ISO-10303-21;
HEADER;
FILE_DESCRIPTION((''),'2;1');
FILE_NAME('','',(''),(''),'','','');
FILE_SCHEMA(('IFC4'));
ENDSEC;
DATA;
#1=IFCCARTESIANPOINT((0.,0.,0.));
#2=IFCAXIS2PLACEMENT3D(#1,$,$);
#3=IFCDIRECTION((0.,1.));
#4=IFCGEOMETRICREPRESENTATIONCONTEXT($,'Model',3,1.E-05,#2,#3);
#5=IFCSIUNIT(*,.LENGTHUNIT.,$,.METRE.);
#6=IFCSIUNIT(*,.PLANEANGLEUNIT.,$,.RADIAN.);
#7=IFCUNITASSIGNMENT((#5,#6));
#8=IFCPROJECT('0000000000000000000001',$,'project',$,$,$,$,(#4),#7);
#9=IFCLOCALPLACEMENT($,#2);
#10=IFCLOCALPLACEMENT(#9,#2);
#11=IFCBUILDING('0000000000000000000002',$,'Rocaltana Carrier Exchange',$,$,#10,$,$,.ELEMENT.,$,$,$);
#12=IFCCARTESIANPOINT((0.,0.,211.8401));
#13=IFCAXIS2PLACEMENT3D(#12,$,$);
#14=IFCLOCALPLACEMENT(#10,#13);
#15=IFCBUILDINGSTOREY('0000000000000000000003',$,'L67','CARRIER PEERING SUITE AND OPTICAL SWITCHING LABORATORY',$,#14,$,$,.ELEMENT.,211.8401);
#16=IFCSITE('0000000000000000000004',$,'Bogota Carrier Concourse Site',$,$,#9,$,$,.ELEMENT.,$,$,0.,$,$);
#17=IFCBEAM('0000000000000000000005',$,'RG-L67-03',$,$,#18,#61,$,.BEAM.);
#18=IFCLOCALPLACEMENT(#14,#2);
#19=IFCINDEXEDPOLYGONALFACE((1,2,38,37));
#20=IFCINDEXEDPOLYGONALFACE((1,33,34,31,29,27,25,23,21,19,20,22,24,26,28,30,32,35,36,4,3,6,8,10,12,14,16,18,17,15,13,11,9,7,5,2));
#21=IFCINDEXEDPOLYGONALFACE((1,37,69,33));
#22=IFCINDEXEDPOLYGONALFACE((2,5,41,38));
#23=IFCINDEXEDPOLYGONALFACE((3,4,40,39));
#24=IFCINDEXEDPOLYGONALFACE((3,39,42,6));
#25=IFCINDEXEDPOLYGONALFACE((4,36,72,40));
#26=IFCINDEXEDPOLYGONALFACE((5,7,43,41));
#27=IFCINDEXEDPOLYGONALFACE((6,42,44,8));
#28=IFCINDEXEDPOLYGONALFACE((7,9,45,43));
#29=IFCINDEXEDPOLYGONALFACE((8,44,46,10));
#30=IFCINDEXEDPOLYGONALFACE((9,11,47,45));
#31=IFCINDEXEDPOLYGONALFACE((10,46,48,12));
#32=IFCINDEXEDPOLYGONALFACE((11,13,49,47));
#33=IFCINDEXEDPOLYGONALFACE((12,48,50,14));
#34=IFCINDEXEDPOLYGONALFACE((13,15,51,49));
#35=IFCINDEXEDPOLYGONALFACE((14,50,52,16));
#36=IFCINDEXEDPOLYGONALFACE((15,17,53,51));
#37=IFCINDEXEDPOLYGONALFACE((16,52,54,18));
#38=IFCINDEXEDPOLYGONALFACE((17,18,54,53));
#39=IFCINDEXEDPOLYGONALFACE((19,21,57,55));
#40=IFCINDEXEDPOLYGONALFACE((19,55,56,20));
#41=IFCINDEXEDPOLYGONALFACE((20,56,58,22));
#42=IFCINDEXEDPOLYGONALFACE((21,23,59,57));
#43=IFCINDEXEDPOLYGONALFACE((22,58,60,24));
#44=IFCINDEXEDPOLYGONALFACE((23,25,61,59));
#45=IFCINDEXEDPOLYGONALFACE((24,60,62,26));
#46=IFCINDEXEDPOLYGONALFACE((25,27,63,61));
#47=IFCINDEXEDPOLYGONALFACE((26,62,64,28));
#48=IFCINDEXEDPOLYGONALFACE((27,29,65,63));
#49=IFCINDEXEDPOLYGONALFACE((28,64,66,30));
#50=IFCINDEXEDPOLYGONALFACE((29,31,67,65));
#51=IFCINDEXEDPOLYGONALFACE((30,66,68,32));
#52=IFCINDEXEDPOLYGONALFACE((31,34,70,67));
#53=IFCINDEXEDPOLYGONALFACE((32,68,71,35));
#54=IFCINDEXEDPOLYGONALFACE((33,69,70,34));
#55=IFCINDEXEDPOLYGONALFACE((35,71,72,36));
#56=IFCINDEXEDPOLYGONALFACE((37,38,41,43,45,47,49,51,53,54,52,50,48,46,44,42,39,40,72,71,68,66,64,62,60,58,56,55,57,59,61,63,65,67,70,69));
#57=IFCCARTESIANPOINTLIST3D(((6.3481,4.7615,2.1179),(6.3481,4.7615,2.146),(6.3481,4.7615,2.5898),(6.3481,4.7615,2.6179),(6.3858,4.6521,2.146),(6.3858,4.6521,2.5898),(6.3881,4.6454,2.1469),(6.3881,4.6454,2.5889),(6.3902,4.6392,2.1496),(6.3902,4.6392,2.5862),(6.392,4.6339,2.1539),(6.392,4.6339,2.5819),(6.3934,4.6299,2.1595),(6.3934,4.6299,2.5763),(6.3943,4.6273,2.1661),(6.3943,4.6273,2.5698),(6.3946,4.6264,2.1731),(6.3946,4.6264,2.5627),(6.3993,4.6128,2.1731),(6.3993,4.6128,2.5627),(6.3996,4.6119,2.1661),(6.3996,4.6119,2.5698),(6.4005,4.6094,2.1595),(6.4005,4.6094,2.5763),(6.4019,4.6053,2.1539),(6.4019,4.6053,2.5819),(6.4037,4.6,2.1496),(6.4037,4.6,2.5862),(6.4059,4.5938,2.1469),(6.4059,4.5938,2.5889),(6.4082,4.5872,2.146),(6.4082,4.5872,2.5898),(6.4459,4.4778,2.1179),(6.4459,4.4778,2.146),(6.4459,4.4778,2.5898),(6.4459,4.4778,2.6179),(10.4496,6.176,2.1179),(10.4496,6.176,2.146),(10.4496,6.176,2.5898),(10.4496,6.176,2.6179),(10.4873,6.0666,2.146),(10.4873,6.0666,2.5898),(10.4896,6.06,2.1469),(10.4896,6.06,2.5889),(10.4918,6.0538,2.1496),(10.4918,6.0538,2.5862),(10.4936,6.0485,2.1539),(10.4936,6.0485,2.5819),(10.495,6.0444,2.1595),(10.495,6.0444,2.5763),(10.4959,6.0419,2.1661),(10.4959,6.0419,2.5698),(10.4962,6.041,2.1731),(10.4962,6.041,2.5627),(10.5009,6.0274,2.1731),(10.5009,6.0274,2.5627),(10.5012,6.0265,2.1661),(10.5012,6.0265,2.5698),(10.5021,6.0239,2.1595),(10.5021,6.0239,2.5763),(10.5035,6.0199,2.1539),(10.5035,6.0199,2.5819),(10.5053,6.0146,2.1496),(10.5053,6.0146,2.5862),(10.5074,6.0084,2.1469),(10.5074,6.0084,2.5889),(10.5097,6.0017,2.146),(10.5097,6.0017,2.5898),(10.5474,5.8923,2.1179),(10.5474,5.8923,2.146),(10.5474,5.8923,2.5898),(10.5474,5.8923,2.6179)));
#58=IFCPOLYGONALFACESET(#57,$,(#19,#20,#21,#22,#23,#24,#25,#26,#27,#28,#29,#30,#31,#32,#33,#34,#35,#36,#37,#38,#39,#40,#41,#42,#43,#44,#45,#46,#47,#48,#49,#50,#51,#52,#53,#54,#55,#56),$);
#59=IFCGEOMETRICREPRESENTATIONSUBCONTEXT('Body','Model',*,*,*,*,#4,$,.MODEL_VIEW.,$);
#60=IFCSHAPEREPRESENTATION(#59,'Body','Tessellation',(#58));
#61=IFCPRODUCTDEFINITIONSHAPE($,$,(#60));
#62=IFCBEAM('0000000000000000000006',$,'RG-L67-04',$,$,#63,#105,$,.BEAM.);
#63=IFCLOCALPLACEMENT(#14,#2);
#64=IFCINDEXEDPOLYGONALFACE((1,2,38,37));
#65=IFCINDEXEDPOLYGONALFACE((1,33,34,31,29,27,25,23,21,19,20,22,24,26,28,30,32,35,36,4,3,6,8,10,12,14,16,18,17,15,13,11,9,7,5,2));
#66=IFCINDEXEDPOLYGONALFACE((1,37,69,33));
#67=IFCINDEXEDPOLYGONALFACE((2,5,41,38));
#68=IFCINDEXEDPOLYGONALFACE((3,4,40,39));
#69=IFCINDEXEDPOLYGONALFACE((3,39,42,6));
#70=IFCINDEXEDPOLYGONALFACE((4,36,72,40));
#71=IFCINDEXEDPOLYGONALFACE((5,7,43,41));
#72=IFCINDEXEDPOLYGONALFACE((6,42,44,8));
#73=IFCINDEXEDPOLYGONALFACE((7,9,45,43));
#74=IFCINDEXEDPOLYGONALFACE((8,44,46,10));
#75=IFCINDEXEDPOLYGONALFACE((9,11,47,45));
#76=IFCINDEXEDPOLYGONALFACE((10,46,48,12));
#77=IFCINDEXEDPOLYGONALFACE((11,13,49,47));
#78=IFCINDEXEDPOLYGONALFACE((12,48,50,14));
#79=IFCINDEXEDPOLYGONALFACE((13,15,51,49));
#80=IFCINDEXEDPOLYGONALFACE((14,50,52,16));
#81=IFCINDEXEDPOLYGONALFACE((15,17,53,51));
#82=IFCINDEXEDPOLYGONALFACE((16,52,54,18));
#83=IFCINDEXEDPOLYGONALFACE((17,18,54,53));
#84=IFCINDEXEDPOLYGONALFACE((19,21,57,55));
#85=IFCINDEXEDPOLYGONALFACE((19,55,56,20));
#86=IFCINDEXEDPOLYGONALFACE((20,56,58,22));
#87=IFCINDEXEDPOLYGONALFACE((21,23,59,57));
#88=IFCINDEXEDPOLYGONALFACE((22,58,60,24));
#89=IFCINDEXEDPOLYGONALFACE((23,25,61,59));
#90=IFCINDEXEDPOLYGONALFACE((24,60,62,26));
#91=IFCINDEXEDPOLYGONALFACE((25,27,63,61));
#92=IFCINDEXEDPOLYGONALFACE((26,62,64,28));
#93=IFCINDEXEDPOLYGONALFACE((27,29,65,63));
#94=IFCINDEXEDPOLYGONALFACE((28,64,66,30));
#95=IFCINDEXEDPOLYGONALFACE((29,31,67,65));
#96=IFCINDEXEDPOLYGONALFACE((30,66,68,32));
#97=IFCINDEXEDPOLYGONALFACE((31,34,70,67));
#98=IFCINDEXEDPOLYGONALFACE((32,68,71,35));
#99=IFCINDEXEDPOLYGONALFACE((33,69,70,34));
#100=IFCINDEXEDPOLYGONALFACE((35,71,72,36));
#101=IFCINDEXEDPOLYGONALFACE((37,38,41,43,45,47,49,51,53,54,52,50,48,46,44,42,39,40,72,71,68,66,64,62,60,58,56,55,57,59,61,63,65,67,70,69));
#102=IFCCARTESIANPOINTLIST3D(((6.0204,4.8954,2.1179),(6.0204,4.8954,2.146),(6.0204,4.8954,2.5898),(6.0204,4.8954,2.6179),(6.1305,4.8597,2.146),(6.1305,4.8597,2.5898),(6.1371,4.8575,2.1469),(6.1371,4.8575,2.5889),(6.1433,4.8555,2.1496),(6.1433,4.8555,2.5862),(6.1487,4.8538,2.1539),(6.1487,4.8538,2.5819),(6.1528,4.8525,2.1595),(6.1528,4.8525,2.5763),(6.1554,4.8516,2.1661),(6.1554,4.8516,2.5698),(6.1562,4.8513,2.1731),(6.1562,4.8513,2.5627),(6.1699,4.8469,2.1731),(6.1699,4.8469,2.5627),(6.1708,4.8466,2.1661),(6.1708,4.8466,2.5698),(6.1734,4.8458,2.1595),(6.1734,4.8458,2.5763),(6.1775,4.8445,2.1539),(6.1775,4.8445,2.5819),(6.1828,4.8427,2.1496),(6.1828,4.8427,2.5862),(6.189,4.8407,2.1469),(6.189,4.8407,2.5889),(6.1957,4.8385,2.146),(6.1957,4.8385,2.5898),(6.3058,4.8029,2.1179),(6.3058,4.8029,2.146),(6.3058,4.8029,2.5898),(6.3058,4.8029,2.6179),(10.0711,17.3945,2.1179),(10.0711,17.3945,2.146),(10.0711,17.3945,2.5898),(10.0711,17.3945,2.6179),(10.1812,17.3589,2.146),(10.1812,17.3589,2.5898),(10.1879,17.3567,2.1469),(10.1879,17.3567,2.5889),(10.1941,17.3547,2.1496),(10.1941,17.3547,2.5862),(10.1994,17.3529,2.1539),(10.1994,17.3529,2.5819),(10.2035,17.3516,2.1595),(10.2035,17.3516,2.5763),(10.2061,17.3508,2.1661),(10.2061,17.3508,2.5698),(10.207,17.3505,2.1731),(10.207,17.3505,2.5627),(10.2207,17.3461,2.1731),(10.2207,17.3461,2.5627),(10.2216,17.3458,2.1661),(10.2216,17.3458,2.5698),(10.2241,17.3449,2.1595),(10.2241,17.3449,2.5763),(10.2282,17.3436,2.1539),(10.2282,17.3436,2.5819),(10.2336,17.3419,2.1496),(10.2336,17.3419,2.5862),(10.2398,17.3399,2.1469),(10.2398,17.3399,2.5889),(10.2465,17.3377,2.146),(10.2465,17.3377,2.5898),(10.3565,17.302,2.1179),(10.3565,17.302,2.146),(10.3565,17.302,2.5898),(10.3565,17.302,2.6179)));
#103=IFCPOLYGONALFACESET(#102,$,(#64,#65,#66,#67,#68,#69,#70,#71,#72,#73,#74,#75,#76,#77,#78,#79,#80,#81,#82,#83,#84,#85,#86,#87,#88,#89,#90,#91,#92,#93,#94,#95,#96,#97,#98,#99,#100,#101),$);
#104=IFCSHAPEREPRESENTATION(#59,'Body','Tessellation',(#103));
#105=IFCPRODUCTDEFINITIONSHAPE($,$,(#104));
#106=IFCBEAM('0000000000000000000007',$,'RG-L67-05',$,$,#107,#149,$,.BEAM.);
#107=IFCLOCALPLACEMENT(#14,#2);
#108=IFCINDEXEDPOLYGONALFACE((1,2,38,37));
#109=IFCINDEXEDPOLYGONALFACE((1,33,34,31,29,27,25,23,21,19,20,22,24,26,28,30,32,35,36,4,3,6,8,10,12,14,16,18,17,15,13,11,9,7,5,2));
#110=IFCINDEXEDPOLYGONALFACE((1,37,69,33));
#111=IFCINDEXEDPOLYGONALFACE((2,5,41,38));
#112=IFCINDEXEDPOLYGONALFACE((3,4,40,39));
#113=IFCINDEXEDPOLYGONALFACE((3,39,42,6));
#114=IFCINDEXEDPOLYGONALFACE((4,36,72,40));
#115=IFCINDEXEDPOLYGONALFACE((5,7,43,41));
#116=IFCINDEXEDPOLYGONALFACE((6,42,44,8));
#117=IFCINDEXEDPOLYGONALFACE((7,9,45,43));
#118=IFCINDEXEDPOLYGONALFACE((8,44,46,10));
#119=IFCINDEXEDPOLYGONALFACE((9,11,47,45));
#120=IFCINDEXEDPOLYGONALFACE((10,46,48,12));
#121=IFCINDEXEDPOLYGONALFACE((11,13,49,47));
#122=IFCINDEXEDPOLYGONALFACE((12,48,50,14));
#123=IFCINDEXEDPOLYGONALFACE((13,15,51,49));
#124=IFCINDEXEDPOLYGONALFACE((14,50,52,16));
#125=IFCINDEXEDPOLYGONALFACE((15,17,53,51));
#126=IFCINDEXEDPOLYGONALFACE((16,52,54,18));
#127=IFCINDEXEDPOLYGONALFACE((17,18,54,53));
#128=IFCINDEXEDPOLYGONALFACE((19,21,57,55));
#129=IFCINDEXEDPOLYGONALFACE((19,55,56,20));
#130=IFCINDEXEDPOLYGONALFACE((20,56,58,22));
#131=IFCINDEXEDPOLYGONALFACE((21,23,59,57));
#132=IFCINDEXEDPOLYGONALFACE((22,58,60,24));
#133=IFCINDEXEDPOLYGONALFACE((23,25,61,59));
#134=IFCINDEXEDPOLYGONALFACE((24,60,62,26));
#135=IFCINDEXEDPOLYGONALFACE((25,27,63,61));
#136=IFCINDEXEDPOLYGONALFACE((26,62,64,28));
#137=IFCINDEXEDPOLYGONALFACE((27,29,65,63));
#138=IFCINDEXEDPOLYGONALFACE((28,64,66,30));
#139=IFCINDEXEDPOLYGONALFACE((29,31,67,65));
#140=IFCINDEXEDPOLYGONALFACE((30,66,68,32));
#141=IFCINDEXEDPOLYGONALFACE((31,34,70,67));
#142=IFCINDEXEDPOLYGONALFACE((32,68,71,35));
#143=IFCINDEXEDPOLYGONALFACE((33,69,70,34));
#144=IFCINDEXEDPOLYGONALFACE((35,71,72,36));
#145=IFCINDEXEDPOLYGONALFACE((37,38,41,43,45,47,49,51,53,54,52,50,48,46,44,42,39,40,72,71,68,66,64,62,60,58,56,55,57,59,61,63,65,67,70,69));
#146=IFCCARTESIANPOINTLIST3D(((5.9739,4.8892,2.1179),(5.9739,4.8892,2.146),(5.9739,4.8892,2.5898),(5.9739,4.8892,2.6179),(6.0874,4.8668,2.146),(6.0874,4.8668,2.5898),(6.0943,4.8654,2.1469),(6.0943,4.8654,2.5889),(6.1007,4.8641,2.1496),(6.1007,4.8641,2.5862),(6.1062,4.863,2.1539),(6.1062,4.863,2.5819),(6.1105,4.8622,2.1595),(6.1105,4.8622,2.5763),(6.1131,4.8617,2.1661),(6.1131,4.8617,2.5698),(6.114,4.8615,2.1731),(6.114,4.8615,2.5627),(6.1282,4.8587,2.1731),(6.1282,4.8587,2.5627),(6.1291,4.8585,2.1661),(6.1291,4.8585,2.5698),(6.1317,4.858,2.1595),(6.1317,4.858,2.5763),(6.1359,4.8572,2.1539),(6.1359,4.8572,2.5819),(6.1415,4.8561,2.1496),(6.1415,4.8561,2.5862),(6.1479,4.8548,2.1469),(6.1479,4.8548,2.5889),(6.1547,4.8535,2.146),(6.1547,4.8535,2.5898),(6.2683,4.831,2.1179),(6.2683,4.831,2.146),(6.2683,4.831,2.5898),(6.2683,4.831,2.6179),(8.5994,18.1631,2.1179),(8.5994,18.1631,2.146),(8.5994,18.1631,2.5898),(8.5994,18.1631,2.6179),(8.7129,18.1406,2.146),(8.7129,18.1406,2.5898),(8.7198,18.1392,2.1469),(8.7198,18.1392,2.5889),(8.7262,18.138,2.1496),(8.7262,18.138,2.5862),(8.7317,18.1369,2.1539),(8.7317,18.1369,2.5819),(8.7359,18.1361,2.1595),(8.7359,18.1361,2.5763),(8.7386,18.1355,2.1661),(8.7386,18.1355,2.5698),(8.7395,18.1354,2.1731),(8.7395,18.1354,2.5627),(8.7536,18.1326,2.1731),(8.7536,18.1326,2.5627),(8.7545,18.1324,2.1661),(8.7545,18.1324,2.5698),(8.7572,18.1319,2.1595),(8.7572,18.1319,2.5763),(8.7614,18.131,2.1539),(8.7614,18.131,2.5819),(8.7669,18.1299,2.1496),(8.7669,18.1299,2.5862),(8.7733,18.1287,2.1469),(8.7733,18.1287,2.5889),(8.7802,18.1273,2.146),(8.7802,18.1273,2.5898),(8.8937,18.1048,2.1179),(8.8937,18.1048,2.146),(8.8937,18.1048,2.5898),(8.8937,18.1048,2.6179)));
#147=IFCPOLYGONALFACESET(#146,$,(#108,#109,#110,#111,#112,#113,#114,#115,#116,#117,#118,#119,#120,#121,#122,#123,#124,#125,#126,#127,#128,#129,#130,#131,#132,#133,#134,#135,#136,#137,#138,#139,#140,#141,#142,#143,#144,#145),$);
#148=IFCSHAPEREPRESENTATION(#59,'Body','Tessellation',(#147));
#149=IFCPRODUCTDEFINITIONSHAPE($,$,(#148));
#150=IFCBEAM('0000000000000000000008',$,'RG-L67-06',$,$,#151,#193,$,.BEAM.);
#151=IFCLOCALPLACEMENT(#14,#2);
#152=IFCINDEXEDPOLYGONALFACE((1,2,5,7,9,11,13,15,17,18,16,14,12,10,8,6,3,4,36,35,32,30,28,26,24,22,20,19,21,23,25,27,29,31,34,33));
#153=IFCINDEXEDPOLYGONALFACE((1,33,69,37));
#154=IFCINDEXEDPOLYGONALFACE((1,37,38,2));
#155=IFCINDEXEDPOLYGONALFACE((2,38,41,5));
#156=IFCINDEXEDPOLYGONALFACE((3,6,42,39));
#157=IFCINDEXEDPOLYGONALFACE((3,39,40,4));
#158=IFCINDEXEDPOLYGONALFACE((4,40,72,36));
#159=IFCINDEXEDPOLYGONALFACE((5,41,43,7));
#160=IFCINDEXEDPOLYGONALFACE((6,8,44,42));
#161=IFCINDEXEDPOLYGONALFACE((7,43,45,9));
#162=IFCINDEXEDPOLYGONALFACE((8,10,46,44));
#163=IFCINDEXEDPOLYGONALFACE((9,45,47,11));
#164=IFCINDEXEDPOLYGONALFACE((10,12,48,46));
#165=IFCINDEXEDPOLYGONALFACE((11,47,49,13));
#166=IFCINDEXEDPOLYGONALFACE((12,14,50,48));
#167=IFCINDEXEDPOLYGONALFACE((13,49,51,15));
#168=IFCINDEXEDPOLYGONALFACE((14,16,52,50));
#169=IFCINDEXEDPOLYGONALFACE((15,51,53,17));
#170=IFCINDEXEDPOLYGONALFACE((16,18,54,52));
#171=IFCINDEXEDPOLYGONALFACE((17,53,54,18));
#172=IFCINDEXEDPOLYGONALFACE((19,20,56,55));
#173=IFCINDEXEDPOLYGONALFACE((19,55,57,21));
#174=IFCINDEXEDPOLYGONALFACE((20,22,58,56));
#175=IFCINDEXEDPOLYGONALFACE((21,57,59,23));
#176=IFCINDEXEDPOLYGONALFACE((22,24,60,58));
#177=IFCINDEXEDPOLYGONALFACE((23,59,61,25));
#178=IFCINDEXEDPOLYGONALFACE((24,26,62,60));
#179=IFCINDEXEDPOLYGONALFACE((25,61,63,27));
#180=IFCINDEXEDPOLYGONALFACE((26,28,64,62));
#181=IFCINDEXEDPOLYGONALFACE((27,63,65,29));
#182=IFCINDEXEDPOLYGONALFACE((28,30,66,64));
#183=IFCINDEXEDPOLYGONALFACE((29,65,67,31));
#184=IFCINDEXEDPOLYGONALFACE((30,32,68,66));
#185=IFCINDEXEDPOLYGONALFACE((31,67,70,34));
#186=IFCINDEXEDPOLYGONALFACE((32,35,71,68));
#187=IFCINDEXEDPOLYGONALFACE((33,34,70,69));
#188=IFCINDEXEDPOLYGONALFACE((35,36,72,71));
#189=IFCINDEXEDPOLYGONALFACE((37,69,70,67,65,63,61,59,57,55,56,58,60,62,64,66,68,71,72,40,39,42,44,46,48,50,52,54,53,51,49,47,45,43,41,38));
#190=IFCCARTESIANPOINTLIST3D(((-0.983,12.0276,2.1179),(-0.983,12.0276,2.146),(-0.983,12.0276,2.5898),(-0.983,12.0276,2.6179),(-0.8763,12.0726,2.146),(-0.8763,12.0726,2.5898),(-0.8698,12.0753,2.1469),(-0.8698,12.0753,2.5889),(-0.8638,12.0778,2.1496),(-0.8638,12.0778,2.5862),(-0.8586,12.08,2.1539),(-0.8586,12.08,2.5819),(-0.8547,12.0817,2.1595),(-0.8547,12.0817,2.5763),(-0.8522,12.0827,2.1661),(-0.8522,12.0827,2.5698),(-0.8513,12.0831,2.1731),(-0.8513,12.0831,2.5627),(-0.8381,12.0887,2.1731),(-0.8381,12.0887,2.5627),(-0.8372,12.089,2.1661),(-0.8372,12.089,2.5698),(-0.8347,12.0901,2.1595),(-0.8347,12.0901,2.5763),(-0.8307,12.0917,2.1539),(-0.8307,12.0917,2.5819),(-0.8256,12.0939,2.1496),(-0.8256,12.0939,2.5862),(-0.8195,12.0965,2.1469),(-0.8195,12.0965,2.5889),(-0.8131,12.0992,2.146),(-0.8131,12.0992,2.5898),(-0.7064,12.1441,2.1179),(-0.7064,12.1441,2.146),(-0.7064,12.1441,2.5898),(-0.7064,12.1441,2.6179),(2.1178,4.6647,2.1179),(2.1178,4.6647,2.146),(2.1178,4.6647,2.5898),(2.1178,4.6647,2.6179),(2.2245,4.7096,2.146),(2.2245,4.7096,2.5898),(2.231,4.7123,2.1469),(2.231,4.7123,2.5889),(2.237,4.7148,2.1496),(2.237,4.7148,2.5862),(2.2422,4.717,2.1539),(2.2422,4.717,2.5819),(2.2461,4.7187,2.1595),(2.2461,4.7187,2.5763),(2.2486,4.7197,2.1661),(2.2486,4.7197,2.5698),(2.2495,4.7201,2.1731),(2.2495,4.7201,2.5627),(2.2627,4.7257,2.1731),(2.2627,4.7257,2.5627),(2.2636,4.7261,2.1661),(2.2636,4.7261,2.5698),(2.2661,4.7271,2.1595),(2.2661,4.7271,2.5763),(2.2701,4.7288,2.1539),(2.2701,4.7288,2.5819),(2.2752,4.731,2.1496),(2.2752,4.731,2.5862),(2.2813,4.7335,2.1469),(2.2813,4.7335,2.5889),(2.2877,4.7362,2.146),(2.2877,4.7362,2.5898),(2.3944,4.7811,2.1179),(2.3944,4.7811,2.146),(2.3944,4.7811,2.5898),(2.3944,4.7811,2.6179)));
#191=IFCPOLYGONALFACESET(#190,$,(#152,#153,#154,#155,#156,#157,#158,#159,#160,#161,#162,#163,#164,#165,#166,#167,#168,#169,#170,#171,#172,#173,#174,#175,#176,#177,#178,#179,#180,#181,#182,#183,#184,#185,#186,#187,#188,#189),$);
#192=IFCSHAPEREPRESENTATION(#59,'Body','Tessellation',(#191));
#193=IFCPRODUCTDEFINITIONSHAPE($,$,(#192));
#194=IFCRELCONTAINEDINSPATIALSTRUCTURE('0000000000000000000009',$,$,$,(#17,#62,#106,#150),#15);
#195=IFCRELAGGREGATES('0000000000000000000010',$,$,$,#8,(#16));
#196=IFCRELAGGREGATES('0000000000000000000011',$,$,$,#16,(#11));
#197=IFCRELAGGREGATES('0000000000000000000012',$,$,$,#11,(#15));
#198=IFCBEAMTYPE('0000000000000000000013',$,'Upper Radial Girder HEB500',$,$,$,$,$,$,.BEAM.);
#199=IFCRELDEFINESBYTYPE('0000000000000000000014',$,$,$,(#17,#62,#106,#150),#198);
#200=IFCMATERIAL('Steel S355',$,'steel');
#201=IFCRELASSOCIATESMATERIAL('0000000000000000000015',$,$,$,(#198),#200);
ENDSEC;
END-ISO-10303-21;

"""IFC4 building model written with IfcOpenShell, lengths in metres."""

from ifc_helpers import new_model, si_unit, direction, frame, origin, origin_2d, place, context, subcontext, project, spatial, i_section, extrude, material, material_profile, profile_set, type_object, element, save


model = new_model("IFC4")

# Units and contexts
model_context = context("Model", 3, precision=1e-05, world=origin(), true_north=direction((0.0, 1.0)))
body_context = subcontext(model_context, "Body", "Model", "MODEL_VIEW")
ifc_project = project(units=[si_unit("LENGTHUNIT", "METRE"), si_unit("PLANEANGLEUNIT", "RADIAN")], contexts=[model_context])

# Site, building, storey
site_placement = place(None, origin())
site = spatial("IfcSite", under=ifc_project, at=site_placement, Name="Bogota Carrier Concourse Site", CompositionType="ELEMENT", RefElevation=0.0)
building_placement = place(site_placement, origin())
building = spatial("IfcBuilding", under=site, at=building_placement, Name="Rocaltana Carrier Exchange", CompositionType="ELEMENT")
storey_placement = place(building_placement, frame((0.0, 0.0, 211.8401)))
storey = spatial("IfcBuildingStorey", under=building, at=storey_placement, Name="L67", Description="CARRIER PEERING SUITE AND OPTICAL SWITCHING LABORATORY", CompositionType="ELEMENT", Elevation=211.8401)

# Beams
ifc_material_1 = material(Name="Steel S355", Category="steel")
ifc_material_profile_1 = material_profile(ifc_material_1, i_section(OverallWidth=0.3, OverallDepth=0.5, WebThickness=0.0144, FlangeThickness=0.0281, FilletRadius=0.0271, at=origin_2d()), Name="HEB500")
ifc_profile_set_1 = profile_set([ifc_material_profile_1], Name="Steel S355")
beam_type_1 = type_object("IfcBeamType", Name="Upper Radial Girder HEB500", PredefinedType="BEAM", material=ifc_profile_set_1)
beam_1_placement = place(storey_placement, frame((6.397, 4.6196, 2.3679), z_axis=(0.945357, 0.326036, 0.0), x_axis=(-0.326036, 0.945357, 0.0)))
element("IfcBeam", 1, at=beam_1_placement, inside=storey, type_object=beam_type_1, Name="RG-L67-03", PredefinedType="BEAM", context=body_context, shape_type="SweptSolid", body=[
    extrude(i_section(OverallWidth=0.3, OverallDepth=0.5, WebThickness=0.0144, FlangeThickness=0.0281, FilletRadius=0.0271, at=origin_2d()), origin(), (0.0, 0.0, 1.0), 4.3386),
])
beam_2_placement = place(storey_placement, frame((6.1631, 4.8491, 2.3679), z_axis=(0.308296, 0.951291, 0.0), x_axis=(-0.951291, 0.308296, 0.0)))
element("IfcBeam", 2, at=beam_2_placement, inside=storey, type_object=beam_type_1, Name="RG-L67-04", PredefinedType="BEAM", context=body_context, shape_type="SweptSolid", body=[
    extrude(i_section(OverallWidth=0.3, OverallDepth=0.5, WebThickness=0.0144, FlangeThickness=0.0281, FilletRadius=0.0271, at=origin_2d()), origin(), (0.0, 0.0, 1.0), 13.1392),
])
beam_3_placement = place(storey_placement, frame((6.1211, 4.8601, 2.3679), z_axis=(0.194034, 0.980995, 0.0), x_axis=(-0.980995, 0.194034, 0.0)))
element("IfcBeam", 3, at=beam_3_placement, inside=storey, type_object=beam_type_1, Name="RG-L67-05", PredefinedType="BEAM", context=body_context, shape_type="SweptSolid", body=[
    extrude(i_section(OverallWidth=0.3, OverallDepth=0.5, WebThickness=0.0144, FlangeThickness=0.0281, FilletRadius=0.0271, at=origin_2d()), origin(), (0.0, 0.0, 1.0), 13.531),
])
beam_4_placement = place(storey_placement, frame((2.2561, 4.7229, 2.3679), z_axis=(-0.388121, 0.921608, 0.0), x_axis=(-0.921608, -0.388121, 0.0)))
element("IfcBeam", 4, at=beam_4_placement, inside=storey, type_object=beam_type_1, Name="RG-L67-06", PredefinedType="BEAM", context=body_context, shape_type="SweptSolid", body=[
    extrude(i_section(OverallWidth=0.3, OverallDepth=0.5, WebThickness=0.0144, FlangeThickness=0.0281, FilletRadius=0.0271, at=origin_2d()), origin(), (0.0, 0.0, 1.0), 7.9893),
])

save(model, "model.ifc")
